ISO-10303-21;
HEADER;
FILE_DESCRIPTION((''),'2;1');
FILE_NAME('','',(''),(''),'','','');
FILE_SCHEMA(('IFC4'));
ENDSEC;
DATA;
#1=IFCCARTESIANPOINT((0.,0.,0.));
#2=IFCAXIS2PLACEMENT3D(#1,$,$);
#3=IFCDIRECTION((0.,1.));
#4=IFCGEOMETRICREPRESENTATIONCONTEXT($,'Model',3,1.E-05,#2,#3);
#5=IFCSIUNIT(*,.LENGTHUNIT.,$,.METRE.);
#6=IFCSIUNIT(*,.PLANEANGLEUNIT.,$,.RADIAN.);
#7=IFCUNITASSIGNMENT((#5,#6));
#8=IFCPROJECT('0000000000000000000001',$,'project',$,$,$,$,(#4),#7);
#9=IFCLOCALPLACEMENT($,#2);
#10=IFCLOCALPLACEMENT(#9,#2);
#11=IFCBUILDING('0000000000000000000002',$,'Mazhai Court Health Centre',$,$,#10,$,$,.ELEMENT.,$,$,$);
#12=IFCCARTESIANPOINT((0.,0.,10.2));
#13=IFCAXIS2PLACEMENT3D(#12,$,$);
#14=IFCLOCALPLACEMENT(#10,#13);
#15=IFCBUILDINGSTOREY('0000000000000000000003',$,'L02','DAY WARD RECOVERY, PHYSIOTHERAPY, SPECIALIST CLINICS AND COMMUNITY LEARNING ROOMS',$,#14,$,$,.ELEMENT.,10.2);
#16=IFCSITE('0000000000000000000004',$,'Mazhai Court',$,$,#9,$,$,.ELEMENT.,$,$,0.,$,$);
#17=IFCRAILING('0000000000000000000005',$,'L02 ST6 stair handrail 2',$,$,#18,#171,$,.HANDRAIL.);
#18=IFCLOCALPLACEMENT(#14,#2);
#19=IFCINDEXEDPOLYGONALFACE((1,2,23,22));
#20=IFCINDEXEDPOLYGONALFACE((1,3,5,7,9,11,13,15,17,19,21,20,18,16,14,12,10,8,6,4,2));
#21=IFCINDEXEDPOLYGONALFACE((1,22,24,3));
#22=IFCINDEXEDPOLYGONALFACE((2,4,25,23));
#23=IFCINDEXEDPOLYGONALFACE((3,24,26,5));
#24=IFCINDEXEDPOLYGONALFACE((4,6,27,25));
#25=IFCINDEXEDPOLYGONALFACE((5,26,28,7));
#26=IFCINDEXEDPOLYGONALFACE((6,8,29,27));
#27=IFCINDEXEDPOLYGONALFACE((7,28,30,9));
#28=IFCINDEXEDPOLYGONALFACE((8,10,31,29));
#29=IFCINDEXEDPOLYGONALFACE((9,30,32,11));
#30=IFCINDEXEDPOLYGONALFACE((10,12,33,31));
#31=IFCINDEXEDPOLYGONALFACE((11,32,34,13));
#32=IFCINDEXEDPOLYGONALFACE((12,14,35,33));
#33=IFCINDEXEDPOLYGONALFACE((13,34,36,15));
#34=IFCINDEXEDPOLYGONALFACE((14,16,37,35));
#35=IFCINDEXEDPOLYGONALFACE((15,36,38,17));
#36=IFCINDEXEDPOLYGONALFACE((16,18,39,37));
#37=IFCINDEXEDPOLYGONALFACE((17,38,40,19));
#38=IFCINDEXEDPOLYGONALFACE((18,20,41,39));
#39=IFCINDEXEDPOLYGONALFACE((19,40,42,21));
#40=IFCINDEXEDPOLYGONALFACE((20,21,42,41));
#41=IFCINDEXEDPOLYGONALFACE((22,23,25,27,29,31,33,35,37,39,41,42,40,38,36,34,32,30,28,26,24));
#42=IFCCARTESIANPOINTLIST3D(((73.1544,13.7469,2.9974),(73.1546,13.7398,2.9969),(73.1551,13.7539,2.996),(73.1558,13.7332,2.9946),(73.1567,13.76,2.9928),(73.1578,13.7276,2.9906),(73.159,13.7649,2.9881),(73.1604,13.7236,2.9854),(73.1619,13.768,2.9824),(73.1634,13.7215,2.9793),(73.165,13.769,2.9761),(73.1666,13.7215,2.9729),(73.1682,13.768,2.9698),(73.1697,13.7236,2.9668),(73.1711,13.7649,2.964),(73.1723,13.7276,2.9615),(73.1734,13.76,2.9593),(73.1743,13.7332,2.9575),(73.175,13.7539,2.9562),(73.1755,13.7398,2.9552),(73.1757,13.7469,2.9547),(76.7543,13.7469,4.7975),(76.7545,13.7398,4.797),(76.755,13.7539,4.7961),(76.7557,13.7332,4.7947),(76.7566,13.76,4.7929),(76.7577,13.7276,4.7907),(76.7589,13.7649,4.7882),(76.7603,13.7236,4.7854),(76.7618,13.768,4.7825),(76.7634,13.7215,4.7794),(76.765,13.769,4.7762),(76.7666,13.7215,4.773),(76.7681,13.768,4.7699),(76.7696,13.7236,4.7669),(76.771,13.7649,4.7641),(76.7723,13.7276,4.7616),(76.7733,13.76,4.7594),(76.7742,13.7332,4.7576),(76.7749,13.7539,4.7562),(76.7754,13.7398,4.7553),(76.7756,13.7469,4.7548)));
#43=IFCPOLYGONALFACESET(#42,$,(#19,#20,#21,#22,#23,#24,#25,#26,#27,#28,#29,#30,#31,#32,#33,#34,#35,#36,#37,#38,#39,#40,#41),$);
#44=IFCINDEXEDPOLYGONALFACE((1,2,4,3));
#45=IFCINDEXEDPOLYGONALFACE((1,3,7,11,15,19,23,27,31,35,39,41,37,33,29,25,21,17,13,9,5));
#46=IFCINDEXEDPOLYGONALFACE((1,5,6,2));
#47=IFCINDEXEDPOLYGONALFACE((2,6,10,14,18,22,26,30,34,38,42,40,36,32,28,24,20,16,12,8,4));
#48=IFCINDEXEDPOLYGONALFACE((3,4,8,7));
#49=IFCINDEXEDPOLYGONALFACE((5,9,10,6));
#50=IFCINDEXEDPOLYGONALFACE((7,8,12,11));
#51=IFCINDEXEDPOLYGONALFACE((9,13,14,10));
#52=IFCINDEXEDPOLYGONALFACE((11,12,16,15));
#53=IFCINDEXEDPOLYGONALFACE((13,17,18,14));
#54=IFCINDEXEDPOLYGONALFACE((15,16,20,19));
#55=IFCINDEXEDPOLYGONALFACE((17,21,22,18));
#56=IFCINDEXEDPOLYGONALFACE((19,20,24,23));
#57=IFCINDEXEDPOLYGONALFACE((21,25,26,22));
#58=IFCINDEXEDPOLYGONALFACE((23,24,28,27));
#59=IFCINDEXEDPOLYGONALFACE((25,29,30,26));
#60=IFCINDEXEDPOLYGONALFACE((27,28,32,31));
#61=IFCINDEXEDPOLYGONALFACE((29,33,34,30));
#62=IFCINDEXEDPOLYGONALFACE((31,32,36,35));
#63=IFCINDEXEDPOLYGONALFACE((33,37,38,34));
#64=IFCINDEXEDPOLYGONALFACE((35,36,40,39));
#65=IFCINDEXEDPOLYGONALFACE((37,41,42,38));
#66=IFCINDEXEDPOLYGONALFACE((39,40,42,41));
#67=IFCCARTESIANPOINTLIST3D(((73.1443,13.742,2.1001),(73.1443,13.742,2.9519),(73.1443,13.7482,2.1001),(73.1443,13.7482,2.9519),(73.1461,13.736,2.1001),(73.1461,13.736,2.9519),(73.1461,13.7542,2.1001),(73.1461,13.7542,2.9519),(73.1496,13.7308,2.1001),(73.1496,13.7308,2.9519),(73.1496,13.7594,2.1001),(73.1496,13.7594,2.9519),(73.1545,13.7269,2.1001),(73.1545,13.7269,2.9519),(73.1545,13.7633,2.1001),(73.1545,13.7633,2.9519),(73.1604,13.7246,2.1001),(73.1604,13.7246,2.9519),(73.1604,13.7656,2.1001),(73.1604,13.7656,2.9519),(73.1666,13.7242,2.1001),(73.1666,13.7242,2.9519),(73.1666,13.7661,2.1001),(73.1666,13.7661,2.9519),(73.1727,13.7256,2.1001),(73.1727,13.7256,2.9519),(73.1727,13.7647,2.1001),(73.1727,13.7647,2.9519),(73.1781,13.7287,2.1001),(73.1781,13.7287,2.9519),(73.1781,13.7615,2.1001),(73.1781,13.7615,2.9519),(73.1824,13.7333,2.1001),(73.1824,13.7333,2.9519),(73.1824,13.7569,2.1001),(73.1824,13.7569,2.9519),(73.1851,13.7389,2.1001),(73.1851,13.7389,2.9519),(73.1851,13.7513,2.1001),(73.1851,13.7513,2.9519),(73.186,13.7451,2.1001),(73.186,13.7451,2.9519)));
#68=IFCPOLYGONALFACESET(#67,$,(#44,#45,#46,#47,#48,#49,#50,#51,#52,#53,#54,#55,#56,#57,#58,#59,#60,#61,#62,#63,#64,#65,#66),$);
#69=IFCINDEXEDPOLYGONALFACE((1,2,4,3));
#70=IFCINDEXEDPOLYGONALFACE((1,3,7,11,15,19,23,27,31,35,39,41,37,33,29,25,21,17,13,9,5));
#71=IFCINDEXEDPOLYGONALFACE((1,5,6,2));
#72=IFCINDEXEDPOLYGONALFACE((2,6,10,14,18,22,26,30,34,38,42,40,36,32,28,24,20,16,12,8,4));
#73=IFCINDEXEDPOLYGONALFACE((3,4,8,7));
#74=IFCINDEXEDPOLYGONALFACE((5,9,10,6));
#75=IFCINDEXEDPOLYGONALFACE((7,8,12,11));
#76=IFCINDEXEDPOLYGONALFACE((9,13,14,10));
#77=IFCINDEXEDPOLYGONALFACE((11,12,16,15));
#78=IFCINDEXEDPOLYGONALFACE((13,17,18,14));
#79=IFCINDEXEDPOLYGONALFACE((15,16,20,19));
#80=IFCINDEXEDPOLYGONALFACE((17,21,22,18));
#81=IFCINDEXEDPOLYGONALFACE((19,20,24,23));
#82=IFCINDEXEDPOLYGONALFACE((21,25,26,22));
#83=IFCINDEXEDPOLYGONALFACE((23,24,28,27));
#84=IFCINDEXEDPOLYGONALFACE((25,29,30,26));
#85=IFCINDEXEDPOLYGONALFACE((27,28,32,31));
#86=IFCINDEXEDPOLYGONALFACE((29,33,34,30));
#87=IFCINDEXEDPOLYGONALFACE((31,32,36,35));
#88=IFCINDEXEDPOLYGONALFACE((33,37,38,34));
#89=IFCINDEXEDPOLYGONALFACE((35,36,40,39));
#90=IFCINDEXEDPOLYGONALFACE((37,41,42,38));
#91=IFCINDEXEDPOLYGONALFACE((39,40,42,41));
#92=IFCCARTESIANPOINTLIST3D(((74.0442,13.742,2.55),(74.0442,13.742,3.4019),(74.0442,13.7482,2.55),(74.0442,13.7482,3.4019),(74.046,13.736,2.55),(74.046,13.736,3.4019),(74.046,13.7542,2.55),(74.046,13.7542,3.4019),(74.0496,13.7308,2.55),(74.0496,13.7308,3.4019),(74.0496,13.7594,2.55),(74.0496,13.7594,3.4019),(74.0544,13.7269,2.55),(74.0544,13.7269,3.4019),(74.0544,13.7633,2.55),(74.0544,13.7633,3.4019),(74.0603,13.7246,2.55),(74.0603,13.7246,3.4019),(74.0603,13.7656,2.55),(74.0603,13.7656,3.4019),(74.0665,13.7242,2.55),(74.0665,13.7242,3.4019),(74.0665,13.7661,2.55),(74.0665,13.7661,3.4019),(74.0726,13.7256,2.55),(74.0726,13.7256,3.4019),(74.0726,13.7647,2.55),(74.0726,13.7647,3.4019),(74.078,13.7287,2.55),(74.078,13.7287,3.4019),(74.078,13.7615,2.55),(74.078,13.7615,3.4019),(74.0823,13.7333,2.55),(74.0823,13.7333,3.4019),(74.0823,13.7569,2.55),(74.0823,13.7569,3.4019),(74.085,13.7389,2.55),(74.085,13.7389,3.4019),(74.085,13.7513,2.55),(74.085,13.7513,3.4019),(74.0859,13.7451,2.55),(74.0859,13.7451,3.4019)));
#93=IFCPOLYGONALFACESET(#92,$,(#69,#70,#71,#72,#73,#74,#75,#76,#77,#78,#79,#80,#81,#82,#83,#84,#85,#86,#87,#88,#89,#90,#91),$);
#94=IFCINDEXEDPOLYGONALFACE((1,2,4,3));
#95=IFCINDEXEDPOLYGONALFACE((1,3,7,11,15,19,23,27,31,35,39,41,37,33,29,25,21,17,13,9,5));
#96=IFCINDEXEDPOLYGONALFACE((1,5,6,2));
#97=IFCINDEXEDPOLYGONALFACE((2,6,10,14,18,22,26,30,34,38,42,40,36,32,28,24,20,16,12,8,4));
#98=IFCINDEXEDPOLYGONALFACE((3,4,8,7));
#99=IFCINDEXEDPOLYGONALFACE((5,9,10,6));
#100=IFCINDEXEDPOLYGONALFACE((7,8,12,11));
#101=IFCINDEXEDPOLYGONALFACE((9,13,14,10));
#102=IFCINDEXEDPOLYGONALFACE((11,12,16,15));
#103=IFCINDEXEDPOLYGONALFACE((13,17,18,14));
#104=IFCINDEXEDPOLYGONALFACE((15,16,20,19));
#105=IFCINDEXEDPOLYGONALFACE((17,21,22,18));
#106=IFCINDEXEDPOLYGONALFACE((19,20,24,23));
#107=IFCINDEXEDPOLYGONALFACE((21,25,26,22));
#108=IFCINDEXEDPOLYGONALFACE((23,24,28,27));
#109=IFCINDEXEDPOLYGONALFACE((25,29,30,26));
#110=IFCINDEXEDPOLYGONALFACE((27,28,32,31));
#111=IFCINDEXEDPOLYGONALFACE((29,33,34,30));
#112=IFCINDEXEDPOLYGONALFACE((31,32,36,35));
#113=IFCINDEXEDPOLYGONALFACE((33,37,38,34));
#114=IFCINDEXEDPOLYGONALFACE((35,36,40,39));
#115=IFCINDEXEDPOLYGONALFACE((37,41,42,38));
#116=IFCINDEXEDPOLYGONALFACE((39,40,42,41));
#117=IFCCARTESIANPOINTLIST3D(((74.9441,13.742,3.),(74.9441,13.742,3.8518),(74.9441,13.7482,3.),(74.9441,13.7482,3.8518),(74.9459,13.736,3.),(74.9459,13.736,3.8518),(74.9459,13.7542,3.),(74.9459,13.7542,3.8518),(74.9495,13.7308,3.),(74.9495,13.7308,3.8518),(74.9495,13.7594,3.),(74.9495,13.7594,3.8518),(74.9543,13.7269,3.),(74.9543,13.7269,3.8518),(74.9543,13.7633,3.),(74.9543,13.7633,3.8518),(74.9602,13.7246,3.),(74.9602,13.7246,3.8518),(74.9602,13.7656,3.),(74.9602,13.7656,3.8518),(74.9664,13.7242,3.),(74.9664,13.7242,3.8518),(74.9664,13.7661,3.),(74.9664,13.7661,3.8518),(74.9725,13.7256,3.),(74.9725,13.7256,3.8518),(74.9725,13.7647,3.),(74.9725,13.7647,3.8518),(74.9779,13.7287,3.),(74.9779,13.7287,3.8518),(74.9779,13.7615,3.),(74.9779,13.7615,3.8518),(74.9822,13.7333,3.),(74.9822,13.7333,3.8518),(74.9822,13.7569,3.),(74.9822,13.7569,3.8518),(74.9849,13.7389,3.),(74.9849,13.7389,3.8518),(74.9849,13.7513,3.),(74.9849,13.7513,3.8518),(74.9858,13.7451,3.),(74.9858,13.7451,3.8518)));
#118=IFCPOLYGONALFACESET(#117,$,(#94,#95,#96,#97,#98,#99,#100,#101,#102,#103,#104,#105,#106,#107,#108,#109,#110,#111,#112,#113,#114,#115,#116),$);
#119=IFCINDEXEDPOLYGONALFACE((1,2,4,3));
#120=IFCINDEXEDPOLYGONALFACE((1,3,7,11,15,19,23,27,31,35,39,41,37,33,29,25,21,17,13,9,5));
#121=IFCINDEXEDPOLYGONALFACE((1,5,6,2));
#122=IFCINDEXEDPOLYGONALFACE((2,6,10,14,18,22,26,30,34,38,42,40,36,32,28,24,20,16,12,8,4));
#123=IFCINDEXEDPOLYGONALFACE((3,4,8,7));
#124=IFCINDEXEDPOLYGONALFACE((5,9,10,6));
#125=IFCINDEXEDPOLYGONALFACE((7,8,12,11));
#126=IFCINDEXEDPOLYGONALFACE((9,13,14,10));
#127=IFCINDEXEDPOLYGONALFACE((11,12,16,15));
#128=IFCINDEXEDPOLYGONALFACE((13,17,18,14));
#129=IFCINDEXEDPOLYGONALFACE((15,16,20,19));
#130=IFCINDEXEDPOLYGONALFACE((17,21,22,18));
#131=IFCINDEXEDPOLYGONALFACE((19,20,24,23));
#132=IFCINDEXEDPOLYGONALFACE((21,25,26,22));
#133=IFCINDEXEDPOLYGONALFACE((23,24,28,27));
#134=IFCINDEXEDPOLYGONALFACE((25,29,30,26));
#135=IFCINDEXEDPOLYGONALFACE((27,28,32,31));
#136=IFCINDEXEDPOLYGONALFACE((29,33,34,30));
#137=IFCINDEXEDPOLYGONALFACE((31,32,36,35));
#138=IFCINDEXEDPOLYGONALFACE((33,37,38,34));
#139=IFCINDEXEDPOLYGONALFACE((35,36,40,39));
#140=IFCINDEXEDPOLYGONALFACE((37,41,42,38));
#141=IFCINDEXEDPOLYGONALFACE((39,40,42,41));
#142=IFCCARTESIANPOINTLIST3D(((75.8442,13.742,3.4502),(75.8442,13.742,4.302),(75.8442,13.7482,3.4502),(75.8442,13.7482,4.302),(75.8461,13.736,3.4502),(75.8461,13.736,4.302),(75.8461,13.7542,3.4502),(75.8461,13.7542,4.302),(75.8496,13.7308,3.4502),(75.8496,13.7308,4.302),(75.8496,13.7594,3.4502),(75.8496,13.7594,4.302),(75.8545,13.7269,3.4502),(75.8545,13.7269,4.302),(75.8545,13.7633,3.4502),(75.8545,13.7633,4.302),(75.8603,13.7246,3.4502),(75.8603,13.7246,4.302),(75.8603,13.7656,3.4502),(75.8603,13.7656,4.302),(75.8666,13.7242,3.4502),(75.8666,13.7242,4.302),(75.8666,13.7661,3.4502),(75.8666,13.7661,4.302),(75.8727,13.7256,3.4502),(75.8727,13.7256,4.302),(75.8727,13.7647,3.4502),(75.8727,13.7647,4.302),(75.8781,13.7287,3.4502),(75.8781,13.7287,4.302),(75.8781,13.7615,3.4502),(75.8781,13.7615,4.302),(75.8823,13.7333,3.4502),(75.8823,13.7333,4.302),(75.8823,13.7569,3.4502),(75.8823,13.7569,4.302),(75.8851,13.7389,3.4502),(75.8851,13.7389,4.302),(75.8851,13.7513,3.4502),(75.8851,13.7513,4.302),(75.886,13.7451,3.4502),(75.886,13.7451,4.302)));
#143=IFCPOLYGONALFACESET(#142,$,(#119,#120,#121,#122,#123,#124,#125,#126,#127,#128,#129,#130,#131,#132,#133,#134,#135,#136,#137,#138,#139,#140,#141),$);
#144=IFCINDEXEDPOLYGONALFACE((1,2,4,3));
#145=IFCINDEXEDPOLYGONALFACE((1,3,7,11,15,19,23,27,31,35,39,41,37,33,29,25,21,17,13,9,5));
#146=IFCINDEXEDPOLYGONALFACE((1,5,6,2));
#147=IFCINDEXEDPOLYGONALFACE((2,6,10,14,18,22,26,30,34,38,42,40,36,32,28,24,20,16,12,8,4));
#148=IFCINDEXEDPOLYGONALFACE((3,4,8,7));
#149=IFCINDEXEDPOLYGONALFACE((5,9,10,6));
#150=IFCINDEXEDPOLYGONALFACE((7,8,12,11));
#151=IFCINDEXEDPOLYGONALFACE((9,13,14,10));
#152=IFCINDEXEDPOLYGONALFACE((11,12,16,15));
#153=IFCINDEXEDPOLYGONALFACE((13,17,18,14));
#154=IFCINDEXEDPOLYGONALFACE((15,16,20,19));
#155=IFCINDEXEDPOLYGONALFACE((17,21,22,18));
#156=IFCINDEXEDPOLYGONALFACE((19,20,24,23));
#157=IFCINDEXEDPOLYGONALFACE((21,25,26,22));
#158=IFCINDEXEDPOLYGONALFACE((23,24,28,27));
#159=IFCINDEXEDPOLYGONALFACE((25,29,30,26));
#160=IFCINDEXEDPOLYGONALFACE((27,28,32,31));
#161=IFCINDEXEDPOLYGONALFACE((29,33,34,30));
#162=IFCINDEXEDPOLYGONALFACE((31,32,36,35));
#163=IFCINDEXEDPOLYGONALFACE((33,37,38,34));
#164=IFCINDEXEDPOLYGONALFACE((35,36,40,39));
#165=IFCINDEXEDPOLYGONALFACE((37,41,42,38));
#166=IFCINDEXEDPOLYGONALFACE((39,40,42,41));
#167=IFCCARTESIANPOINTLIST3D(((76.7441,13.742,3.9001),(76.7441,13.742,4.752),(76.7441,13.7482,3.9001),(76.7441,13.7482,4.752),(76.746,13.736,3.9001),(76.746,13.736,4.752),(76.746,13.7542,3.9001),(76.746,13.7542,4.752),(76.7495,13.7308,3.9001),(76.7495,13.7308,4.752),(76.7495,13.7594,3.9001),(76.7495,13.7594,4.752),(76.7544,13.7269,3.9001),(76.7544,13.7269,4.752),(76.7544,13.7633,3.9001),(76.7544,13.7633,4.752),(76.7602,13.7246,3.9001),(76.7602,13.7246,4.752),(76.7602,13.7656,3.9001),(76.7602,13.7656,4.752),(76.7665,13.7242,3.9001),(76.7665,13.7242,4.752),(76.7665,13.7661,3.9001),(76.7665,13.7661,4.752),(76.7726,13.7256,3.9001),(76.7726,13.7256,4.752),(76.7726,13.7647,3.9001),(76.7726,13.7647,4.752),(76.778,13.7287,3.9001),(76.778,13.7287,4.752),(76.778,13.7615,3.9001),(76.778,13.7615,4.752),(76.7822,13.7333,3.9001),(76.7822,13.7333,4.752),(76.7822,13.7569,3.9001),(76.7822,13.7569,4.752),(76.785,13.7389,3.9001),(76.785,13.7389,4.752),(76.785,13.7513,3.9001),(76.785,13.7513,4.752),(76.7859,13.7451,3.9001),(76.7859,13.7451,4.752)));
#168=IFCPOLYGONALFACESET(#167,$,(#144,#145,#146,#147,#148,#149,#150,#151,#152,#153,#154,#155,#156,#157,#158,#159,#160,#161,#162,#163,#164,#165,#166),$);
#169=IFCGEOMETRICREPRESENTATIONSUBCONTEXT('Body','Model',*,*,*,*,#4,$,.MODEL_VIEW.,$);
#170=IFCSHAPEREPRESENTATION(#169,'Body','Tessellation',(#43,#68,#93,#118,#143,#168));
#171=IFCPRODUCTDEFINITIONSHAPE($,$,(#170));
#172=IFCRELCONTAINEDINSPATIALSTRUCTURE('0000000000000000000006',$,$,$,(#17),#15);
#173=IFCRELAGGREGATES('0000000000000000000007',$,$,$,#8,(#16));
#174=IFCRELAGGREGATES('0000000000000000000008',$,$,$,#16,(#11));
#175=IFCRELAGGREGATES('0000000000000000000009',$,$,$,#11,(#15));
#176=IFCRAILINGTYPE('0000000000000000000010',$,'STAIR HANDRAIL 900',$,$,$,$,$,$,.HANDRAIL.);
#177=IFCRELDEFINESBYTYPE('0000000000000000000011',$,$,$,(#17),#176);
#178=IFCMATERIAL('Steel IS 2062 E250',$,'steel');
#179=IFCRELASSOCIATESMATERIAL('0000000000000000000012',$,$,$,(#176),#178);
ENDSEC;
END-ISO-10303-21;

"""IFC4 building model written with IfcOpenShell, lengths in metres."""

from ifc_helpers import new_model, si_unit, direction, frame, origin, origin_2d, place, context, subcontext, project, spatial, circle, extrude, material, type_object, element, save


model = new_model("IFC4")

# Units and contexts
model_context = context("Model", 3, precision=1e-05, world=origin(), true_north=direction((0.0, 1.0)))
body_context = subcontext(model_context, "Body", "Model", "MODEL_VIEW")
ifc_project = project(units=[si_unit("LENGTHUNIT", "METRE"), si_unit("PLANEANGLEUNIT", "RADIAN")], contexts=[model_context])

# Site, building, storey
site_placement = place(None, origin())
site = spatial("IfcSite", under=ifc_project, at=site_placement, Name="Mazhai Court", CompositionType="ELEMENT", RefElevation=0.0)
building_placement = place(site_placement, origin())
building = spatial("IfcBuilding", under=site, at=building_placement, Name="Mazhai Court Health Centre", CompositionType="ELEMENT")
storey_placement = place(building_placement, frame((0.0, 0.0, 10.2)))
storey = spatial("IfcBuildingStorey", under=building, at=storey_placement, Name="L02", Description="DAY WARD RECOVERY, PHYSIOTHERAPY, SPECIALIST CLINICS AND COMMUNITY LEARNING ROOMS", CompositionType="ELEMENT", Elevation=10.2)

# Railing
ifc_material_1 = material(Name="Steel IS 2062 E250", Category="steel")
railing_type_1 = type_object("IfcRailingType", Name="STAIR HANDRAIL 900", PredefinedType="HANDRAIL", material=ifc_material_1)
railing_1_placement = place(storey_placement, frame((73.165, 13.7451, 2.1001)))
element("IfcRailing", 1, at=railing_1_placement, inside=storey, type_object=railing_type_1, Name="L02 ST6 stair handrail 2", PredefinedType="HANDRAIL", context=body_context, shape_type="SweptSolid", body=[
    extrude(circle(Radius=0.0239, at=origin_2d()), frame((0.0, 0.0, 0.876), z_axis=(0.894415, 0.0, 0.447238), x_axis=(0.0, 1.0, 0.0)), (0.0, 0.0, 1.0), 4.0249),
    extrude(circle(Radius=0.021, at=origin_2d()), origin(), (0.0, 0.0, 1.0), 0.8518),
    extrude(circle(Radius=0.021, at=origin_2d()), frame((0.8999, 0.0, 0.45)), (0.0, 0.0, 1.0), 0.8518),
    extrude(circle(Radius=0.021, at=origin_2d()), frame((1.7998, 0.0, 0.8999)), (0.0, 0.0, 1.0), 0.8518),
    extrude(circle(Radius=0.021, at=origin_2d()), frame((2.7, 0.0, 1.3501)), (0.0, 0.0, 1.0), 0.8518),
    extrude(circle(Radius=0.021, at=origin_2d()), frame((3.5999, 0.0, 1.8)), (0.0, 0.0, 1.0), 0.8518),
])

save(model, "model.ifc")
